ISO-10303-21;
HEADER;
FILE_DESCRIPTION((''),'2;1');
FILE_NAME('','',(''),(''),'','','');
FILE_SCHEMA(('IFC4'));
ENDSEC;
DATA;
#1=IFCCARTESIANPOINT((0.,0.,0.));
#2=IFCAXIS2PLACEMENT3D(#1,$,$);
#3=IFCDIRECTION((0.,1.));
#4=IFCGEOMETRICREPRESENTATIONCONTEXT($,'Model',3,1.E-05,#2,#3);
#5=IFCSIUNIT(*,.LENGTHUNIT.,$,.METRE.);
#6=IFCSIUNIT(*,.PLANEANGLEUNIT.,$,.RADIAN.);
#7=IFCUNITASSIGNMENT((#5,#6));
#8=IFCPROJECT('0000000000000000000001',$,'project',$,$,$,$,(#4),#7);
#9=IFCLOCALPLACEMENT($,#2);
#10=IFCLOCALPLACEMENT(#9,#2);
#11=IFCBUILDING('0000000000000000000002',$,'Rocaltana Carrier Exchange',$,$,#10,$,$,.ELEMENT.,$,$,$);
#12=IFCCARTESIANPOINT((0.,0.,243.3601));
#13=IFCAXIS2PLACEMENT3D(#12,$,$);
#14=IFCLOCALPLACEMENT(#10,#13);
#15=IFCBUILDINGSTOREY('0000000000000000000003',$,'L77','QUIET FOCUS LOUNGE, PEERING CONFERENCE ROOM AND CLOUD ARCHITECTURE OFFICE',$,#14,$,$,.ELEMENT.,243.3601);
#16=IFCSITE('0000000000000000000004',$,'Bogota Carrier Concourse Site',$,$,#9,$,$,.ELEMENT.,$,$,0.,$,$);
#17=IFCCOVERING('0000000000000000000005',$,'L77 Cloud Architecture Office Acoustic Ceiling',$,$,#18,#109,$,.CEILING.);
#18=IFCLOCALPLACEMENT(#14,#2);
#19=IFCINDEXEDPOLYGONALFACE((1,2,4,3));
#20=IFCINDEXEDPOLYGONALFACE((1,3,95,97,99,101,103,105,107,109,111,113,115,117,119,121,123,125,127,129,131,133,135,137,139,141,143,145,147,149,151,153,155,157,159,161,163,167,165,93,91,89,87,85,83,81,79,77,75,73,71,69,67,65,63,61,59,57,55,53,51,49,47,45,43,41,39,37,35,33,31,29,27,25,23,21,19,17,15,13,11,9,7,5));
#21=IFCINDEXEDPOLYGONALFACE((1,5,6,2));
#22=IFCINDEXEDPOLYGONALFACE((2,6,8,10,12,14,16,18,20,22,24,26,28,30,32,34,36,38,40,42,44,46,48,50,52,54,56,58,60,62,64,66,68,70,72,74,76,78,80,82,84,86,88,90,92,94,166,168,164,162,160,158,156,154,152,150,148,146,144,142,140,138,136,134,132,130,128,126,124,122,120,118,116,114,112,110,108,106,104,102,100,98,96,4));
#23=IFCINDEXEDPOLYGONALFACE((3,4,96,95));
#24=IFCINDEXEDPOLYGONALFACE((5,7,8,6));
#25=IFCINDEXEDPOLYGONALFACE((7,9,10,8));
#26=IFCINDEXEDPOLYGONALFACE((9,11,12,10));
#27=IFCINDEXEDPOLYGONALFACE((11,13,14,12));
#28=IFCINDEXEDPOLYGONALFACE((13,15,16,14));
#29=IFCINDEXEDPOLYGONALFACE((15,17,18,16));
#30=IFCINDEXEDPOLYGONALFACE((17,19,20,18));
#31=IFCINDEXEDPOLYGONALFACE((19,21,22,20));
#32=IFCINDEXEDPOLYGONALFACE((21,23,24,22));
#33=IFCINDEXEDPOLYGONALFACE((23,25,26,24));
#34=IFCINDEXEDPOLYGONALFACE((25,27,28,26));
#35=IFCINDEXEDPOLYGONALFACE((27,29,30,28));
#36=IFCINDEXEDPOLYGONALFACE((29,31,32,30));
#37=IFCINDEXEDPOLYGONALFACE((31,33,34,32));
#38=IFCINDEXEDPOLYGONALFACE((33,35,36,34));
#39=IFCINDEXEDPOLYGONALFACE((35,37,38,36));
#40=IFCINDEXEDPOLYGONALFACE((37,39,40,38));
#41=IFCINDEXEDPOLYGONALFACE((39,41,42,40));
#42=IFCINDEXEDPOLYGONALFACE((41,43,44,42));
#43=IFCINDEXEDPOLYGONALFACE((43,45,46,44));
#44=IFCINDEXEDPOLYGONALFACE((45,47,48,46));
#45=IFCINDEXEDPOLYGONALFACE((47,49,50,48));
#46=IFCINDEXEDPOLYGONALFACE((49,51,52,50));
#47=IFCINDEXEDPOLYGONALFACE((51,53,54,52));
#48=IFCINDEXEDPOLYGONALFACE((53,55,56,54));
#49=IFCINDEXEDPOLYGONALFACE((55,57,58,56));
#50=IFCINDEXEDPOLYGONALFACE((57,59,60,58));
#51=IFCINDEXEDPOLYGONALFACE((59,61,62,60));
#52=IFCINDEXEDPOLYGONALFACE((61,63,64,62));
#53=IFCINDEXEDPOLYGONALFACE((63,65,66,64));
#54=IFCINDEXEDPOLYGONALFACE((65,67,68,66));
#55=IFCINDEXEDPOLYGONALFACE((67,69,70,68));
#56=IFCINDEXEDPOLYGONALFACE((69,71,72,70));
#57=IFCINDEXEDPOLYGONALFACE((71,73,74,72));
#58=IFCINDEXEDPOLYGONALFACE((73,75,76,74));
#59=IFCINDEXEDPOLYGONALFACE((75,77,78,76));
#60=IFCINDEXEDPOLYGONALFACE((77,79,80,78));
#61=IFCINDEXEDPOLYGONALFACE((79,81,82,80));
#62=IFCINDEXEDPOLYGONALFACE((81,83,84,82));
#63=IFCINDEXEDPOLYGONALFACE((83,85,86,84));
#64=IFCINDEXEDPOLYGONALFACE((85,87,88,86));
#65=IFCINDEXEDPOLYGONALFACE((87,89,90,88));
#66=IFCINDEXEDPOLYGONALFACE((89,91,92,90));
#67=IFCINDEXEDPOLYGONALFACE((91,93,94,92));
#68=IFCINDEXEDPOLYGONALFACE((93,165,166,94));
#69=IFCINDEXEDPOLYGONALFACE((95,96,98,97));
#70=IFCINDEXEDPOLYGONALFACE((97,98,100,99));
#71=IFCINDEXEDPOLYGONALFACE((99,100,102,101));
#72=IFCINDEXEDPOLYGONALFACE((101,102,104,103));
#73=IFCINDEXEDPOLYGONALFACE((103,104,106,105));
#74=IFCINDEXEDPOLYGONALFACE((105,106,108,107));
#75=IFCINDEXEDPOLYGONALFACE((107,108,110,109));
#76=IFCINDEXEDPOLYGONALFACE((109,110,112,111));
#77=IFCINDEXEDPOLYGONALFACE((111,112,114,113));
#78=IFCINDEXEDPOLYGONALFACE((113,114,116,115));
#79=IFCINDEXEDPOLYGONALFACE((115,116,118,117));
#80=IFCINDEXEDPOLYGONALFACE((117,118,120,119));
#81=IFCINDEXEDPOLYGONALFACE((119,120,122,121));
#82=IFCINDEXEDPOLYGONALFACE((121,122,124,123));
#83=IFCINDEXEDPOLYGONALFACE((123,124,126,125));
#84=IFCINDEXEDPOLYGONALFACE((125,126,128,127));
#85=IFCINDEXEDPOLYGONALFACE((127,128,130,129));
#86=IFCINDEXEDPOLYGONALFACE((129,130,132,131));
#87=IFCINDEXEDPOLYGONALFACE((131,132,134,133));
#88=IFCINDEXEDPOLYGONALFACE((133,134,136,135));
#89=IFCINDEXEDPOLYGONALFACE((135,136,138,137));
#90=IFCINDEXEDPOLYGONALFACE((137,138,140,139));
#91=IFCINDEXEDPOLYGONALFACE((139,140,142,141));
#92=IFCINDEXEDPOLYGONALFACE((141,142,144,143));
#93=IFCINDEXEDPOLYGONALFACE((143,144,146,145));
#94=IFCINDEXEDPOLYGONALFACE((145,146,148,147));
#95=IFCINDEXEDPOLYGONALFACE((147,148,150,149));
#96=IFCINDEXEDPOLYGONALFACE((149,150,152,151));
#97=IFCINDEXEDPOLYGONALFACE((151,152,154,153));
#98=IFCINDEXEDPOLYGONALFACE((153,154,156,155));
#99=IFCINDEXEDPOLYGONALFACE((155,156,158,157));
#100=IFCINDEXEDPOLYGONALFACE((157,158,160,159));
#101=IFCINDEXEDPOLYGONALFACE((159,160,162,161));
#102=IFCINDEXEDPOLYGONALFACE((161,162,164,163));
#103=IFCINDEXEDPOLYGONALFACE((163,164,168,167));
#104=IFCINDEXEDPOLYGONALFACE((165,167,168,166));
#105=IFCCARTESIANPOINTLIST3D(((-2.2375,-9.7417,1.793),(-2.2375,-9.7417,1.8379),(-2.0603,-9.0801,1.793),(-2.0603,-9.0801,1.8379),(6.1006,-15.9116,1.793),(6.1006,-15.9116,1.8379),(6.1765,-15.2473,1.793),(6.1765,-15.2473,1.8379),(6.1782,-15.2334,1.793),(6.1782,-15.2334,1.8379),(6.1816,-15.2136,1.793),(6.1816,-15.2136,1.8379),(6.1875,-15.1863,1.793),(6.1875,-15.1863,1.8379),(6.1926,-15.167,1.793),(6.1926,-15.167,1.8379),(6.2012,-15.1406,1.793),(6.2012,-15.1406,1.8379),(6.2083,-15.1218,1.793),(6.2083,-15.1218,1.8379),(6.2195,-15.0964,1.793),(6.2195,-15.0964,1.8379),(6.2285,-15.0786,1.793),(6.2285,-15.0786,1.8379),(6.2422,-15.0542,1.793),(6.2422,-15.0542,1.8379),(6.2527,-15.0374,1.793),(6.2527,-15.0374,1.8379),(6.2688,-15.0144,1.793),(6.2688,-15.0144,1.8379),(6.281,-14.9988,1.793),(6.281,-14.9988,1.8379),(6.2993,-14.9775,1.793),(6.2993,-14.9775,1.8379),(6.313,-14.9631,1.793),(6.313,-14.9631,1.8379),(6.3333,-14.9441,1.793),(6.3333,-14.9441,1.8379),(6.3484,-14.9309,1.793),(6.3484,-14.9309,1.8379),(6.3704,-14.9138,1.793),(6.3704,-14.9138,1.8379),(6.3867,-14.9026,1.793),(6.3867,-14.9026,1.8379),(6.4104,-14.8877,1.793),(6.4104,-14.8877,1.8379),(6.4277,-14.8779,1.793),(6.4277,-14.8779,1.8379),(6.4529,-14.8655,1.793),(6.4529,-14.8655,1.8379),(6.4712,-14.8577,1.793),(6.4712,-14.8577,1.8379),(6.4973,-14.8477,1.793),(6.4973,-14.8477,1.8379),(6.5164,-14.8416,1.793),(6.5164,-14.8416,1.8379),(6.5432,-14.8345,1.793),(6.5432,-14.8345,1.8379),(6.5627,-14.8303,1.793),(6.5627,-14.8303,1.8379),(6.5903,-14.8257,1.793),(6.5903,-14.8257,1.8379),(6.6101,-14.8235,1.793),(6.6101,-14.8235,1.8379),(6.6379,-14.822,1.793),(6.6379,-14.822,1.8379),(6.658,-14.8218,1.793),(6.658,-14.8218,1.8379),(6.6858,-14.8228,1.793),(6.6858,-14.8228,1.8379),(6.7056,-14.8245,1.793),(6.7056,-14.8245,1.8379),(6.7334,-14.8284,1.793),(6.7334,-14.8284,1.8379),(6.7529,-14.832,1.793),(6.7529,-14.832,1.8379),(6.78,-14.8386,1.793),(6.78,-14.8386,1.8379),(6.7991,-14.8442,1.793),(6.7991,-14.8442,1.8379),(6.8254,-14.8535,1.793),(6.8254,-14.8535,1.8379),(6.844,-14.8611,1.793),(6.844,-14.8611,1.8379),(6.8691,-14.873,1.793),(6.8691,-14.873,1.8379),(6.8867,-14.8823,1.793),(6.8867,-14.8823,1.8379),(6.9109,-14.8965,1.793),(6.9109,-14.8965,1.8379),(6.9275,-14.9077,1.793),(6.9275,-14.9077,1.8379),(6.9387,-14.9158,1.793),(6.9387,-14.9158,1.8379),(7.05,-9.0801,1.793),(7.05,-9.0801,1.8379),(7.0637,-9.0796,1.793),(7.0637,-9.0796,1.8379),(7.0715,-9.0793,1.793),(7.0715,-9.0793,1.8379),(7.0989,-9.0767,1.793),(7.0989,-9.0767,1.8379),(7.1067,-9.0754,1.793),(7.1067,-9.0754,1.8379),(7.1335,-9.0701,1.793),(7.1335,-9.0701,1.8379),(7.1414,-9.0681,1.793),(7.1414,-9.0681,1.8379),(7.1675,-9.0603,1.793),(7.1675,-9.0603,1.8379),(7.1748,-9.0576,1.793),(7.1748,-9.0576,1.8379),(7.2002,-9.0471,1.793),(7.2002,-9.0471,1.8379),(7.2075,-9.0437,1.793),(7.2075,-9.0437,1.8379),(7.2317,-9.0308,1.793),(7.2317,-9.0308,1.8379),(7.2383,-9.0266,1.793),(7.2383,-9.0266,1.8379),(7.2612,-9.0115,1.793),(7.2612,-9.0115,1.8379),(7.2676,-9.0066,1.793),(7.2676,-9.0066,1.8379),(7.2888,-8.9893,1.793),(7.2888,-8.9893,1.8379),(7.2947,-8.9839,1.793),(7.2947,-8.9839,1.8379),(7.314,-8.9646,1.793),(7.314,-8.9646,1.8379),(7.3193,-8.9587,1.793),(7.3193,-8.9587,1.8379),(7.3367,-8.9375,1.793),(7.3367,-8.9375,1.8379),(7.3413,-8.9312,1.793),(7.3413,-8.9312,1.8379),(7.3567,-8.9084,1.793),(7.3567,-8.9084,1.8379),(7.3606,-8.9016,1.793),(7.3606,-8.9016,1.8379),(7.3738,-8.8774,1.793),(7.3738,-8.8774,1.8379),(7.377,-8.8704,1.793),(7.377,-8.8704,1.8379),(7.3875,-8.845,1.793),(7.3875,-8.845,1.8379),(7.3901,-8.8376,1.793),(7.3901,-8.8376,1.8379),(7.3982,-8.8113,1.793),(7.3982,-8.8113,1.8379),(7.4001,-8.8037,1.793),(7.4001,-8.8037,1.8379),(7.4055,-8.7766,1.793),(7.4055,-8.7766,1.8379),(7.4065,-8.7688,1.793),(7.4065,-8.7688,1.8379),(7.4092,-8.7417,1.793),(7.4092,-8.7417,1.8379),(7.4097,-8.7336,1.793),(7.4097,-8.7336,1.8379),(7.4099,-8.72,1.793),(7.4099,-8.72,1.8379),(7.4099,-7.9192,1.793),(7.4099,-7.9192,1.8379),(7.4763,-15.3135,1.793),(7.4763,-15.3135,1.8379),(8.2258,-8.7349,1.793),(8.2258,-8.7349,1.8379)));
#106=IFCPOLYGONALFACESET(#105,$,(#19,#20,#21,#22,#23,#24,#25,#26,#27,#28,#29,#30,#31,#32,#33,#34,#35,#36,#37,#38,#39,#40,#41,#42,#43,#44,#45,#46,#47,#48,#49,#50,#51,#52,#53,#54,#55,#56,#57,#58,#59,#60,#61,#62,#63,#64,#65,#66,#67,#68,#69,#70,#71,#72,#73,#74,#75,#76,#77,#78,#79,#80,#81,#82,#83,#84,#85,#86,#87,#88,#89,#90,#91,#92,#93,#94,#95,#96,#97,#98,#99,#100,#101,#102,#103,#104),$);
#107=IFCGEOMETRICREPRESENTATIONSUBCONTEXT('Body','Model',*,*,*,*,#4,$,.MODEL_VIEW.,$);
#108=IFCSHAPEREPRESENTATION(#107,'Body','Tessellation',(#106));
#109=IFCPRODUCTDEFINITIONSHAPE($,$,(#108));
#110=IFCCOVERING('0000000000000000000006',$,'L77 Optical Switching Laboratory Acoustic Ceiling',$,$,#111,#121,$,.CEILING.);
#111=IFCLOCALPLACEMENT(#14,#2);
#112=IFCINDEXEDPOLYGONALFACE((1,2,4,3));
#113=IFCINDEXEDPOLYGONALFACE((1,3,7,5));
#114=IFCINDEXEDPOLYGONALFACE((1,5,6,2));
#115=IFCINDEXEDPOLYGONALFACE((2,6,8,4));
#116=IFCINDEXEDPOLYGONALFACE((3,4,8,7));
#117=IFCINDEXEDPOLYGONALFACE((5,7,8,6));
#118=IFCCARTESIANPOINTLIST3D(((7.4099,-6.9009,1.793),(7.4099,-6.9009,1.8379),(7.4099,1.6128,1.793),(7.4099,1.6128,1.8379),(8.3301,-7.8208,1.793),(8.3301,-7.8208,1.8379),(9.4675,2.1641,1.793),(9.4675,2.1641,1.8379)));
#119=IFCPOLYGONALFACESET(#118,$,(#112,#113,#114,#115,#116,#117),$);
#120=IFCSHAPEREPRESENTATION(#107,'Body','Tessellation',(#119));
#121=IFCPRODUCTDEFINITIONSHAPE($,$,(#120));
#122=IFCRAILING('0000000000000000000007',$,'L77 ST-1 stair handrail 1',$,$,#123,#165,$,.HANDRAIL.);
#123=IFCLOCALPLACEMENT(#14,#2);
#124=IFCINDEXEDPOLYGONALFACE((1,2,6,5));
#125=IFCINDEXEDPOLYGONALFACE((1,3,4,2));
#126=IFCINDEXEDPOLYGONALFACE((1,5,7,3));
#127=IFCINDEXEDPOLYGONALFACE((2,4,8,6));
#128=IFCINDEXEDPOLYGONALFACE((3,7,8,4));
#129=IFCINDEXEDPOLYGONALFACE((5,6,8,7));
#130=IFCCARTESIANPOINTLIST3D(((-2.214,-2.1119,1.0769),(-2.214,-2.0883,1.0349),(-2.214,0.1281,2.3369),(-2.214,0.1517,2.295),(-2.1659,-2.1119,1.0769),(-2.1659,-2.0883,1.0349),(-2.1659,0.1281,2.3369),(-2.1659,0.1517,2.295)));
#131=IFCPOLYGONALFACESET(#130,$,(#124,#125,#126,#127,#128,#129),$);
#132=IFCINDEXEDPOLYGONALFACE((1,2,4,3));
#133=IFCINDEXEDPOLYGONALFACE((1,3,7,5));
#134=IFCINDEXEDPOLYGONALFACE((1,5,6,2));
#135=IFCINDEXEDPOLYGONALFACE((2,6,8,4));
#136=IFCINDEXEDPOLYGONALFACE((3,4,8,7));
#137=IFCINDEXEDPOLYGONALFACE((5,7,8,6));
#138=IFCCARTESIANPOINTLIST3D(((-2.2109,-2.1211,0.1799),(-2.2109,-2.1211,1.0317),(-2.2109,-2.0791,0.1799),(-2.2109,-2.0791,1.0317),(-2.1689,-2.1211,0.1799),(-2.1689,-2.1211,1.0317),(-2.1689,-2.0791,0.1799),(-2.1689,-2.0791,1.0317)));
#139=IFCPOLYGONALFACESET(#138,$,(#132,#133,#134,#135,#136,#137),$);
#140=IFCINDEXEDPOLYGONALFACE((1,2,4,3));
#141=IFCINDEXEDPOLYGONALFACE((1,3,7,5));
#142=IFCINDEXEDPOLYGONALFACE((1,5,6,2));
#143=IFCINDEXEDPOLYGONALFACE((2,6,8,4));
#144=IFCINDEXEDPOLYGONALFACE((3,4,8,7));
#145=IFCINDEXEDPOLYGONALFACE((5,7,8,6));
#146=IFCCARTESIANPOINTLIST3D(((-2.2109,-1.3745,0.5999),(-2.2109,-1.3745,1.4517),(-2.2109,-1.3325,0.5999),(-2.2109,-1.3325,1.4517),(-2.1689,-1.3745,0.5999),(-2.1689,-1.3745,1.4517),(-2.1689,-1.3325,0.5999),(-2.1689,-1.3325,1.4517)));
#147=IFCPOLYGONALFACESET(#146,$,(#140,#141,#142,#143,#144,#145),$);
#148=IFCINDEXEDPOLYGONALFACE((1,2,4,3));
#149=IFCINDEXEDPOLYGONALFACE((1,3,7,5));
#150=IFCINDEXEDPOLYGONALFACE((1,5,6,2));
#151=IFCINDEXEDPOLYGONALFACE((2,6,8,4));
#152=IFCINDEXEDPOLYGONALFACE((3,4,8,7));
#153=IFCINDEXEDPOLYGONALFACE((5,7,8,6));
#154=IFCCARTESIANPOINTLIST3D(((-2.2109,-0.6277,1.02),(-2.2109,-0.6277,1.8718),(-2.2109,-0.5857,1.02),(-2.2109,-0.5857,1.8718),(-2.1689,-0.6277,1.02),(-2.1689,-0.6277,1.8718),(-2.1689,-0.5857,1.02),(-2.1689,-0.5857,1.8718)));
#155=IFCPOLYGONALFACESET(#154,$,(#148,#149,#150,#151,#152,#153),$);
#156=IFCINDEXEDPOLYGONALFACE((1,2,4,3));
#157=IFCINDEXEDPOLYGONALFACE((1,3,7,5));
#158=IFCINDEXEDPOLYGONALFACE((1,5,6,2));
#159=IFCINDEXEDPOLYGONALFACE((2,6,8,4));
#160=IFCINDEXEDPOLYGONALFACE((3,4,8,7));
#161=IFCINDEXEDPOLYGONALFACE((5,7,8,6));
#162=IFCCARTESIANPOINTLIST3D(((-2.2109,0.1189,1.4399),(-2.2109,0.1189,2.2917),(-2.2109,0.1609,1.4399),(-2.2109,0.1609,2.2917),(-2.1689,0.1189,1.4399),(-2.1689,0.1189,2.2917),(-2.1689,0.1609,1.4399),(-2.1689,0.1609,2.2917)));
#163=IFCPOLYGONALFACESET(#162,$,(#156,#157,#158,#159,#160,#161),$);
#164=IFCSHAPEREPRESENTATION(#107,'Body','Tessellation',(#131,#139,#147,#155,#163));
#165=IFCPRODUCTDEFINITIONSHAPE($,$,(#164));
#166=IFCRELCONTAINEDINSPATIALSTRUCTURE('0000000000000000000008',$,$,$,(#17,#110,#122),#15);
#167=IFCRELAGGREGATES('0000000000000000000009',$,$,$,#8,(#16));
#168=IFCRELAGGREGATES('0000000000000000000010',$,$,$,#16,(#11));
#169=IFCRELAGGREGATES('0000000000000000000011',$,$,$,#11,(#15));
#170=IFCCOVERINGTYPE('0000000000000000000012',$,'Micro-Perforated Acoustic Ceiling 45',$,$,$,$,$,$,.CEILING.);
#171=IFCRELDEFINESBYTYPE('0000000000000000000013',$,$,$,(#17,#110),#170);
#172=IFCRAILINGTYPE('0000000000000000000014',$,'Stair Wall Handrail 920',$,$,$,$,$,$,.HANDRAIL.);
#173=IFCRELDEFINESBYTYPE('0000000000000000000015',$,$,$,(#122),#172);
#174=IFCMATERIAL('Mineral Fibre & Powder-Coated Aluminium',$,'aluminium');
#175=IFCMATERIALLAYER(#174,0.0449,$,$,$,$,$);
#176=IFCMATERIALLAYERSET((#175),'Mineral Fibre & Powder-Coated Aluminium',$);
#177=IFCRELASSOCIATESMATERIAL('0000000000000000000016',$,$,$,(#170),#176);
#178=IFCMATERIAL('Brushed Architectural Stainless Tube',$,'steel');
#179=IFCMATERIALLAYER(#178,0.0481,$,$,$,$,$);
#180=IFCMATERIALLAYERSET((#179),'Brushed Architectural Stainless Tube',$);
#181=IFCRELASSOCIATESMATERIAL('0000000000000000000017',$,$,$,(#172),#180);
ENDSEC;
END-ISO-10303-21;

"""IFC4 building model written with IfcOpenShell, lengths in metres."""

from ifc_helpers import new_model, si_unit, direction, frame, origin, origin_2d, place, context, subcontext, project, spatial, polyline, rectangle, outline, extrude, material, layer, layer_set, type_object, element, save


model = new_model("IFC4")

# Units and contexts
model_context = context("Model", 3, precision=1e-05, world=origin(), true_north=direction((0.0, 1.0)))
body_context = subcontext(model_context, "Body", "Model", "MODEL_VIEW")
ifc_project = project(units=[si_unit("LENGTHUNIT", "METRE"), si_unit("PLANEANGLEUNIT", "RADIAN")], contexts=[model_context])

# Site, building, storey
site_placement = place(None, origin())
site = spatial("IfcSite", under=ifc_project, at=site_placement, Name="Bogota Carrier Concourse Site", CompositionType="ELEMENT", RefElevation=0.0)
building_placement = place(site_placement, origin())
building = spatial("IfcBuilding", under=site, at=building_placement, Name="Rocaltana Carrier Exchange", CompositionType="ELEMENT")
storey_placement = place(building_placement, frame((0.0, 0.0, 243.3601)))
storey = spatial("IfcBuildingStorey", under=building, at=storey_placement, Name="L77", Description="QUIET FOCUS LOUNGE, PEERING CONFERENCE ROOM AND CLOUD ARCHITECTURE OFFICE", CompositionType="ELEMENT", Elevation=243.3601)

# Coverings
ifc_material_1 = material(Name="Mineral Fibre & Powder-Coated Aluminium", Category="aluminium")
ifc_layer_1 = layer(ifc_material_1, 0.0449)
ifc_layer_set_1 = layer_set([ifc_layer_1], Name="Mineral Fibre & Powder-Coated Aluminium")
covering_type_1 = type_object("IfcCoveringType", Name="Micro-Perforated Acoustic Ceiling 45", PredefinedType="CEILING", material=ifc_layer_set_1)
covering_1_placement = place(storey_placement, frame((0.0, 0.0, 1.793)))
element("IfcCovering", 1, at=covering_1_placement, inside=storey, type_object=covering_type_1, Name="L77 Cloud Architecture Office Acoustic Ceiling", PredefinedType="CEILING", context=body_context, shape_type="SweptSolid", body=[
    extrude(outline(polyline([(7.4763, -15.3135), (6.9387, -14.9158), (6.9275, -14.9077), (6.9109, -14.8965), (6.8867, -14.8823), (6.8691, -14.873), (6.844, -14.8611), (6.8254, -14.8535), (6.7991, -14.8442), (6.78, -14.8386), (6.7529, -14.832), (6.7334, -14.8284), (6.7056, -14.8245), (6.6858, -14.8228), (6.658, -14.8218), (6.6379, -14.822), (6.6101, -14.8235), (6.5903, -14.8257), (6.5627, -14.8303), (6.5432, -14.8345), (6.5164, -14.8416), (6.4973, -14.8477), (6.4712, -14.8577), (6.4529, -14.8655), (6.4277, -14.8779), (6.4104, -14.8877), (6.3867, -14.9026), (6.3704, -14.9138), (6.3484, -14.9309), (6.3333, -14.9441), (6.313, -14.9631), (6.2993, -14.9775), (6.281, -14.9988), (6.2688, -15.0144), (6.2527, -15.0374), (6.2422, -15.0542), (6.2285, -15.0786), (6.2195, -15.0964), (6.2083, -15.1218), (6.2012, -15.1406), (6.1926, -15.167), (6.1875, -15.1863), (6.1816, -15.2136), (6.1782, -15.2334), (6.1765, -15.2473), (6.1006, -15.9116), (-2.2375, -9.7417), (-2.0603, -9.0801), (7.05, -9.0801), (7.0637, -9.0796), (7.0715, -9.0793), (7.0989, -9.0767), (7.1067, -9.0754), (7.1335, -9.0701), (7.1414, -9.0681), (7.1675, -9.0603), (7.1748, -9.0576), (7.2002, -9.0471), (7.2075, -9.0437), (7.2317, -9.0308), (7.2383, -9.0266), (7.2612, -9.0115), (7.2676, -9.0066), (7.2888, -8.9893), (7.2947, -8.9839), (7.314, -8.9646), (7.3193, -8.9587), (7.3367, -8.9375), (7.3413, -8.9312), (7.3567, -8.9084), (7.3606, -8.9016), (7.3738, -8.8774), (7.377, -8.8704), (7.3875, -8.845), (7.3901, -8.8376), (7.3982, -8.8113), (7.4001, -8.8037), (7.4055, -8.7766), (7.4065, -8.7688), (7.4092, -8.7417), (7.4097, -8.7336), (7.4099, -8.72), (7.4099, -7.9192), (8.2258, -8.7349), (7.4763, -15.3135)])), origin(), (0.0, 0.0, 1.0), 0.0449),
])
covering_2_placement = place(storey_placement, frame((0.0, 0.0, 1.793)))
element("IfcCovering", 2, at=covering_2_placement, inside=storey, type_object=covering_type_1, Name="L77 Optical Switching Laboratory Acoustic Ceiling", PredefinedType="CEILING", context=body_context, shape_type="SweptSolid", body=[
    extrude(outline(polyline([(8.3301, -7.8208), (7.4099, -6.9009), (7.4099, 1.6128), (9.4675, 2.1641), (8.3301, -7.8208)])), origin(), (0.0, 0.0, 1.0), 0.0449),
])

# Railing
ifc_material_2 = material(Name="Brushed Architectural Stainless Tube", Category="steel")
ifc_layer_2 = layer(ifc_material_2, 0.0481)
ifc_layer_set_2 = layer_set([ifc_layer_2], Name="Brushed Architectural Stainless Tube")
railing_type_1 = type_object("IfcRailingType", Name="Stair Wall Handrail 920", PredefinedType="HANDRAIL", material=ifc_layer_set_2)
railing_1_placement = place(storey_placement, frame((-2.1899, -2.1001, 0.1799)))
element("IfcRailing", 3, at=railing_1_placement, inside=storey, type_object=railing_type_1, Name="L77 ST-1 stair handrail 1", PredefinedType="HANDRAIL", context=body_context, shape_type="SweptSolid", body=[
    extrude(rectangle(XDim=0.0481, YDim=0.0481, at=origin_2d()), frame((0.0, 0.0, 0.876), z_axis=(0.0, 0.871573, 0.490266), x_axis=(-1.0, 0.0, 0.0)), (0.0, 0.0, 1.0), 2.5701),
    extrude(rectangle(XDim=0.042, YDim=0.042, at=origin_2d()), origin(), (0.0, 0.0, 1.0), 0.8518),
    extrude(rectangle(XDim=0.042, YDim=0.042, at=origin_2d()), frame((0.0, 0.7466, 0.4199)), (0.0, 0.0, 1.0), 0.8518),
    extrude(rectangle(XDim=0.042, YDim=0.042, at=origin_2d()), frame((0.0, 1.4934, 0.8401)), (0.0, 0.0, 1.0), 0.8518),
    extrude(rectangle(XDim=0.042, YDim=0.042, at=origin_2d()), frame((0.0, 2.24, 1.26)), (0.0, 0.0, 1.0), 0.8518),
])

save(model, "model.ifc")
